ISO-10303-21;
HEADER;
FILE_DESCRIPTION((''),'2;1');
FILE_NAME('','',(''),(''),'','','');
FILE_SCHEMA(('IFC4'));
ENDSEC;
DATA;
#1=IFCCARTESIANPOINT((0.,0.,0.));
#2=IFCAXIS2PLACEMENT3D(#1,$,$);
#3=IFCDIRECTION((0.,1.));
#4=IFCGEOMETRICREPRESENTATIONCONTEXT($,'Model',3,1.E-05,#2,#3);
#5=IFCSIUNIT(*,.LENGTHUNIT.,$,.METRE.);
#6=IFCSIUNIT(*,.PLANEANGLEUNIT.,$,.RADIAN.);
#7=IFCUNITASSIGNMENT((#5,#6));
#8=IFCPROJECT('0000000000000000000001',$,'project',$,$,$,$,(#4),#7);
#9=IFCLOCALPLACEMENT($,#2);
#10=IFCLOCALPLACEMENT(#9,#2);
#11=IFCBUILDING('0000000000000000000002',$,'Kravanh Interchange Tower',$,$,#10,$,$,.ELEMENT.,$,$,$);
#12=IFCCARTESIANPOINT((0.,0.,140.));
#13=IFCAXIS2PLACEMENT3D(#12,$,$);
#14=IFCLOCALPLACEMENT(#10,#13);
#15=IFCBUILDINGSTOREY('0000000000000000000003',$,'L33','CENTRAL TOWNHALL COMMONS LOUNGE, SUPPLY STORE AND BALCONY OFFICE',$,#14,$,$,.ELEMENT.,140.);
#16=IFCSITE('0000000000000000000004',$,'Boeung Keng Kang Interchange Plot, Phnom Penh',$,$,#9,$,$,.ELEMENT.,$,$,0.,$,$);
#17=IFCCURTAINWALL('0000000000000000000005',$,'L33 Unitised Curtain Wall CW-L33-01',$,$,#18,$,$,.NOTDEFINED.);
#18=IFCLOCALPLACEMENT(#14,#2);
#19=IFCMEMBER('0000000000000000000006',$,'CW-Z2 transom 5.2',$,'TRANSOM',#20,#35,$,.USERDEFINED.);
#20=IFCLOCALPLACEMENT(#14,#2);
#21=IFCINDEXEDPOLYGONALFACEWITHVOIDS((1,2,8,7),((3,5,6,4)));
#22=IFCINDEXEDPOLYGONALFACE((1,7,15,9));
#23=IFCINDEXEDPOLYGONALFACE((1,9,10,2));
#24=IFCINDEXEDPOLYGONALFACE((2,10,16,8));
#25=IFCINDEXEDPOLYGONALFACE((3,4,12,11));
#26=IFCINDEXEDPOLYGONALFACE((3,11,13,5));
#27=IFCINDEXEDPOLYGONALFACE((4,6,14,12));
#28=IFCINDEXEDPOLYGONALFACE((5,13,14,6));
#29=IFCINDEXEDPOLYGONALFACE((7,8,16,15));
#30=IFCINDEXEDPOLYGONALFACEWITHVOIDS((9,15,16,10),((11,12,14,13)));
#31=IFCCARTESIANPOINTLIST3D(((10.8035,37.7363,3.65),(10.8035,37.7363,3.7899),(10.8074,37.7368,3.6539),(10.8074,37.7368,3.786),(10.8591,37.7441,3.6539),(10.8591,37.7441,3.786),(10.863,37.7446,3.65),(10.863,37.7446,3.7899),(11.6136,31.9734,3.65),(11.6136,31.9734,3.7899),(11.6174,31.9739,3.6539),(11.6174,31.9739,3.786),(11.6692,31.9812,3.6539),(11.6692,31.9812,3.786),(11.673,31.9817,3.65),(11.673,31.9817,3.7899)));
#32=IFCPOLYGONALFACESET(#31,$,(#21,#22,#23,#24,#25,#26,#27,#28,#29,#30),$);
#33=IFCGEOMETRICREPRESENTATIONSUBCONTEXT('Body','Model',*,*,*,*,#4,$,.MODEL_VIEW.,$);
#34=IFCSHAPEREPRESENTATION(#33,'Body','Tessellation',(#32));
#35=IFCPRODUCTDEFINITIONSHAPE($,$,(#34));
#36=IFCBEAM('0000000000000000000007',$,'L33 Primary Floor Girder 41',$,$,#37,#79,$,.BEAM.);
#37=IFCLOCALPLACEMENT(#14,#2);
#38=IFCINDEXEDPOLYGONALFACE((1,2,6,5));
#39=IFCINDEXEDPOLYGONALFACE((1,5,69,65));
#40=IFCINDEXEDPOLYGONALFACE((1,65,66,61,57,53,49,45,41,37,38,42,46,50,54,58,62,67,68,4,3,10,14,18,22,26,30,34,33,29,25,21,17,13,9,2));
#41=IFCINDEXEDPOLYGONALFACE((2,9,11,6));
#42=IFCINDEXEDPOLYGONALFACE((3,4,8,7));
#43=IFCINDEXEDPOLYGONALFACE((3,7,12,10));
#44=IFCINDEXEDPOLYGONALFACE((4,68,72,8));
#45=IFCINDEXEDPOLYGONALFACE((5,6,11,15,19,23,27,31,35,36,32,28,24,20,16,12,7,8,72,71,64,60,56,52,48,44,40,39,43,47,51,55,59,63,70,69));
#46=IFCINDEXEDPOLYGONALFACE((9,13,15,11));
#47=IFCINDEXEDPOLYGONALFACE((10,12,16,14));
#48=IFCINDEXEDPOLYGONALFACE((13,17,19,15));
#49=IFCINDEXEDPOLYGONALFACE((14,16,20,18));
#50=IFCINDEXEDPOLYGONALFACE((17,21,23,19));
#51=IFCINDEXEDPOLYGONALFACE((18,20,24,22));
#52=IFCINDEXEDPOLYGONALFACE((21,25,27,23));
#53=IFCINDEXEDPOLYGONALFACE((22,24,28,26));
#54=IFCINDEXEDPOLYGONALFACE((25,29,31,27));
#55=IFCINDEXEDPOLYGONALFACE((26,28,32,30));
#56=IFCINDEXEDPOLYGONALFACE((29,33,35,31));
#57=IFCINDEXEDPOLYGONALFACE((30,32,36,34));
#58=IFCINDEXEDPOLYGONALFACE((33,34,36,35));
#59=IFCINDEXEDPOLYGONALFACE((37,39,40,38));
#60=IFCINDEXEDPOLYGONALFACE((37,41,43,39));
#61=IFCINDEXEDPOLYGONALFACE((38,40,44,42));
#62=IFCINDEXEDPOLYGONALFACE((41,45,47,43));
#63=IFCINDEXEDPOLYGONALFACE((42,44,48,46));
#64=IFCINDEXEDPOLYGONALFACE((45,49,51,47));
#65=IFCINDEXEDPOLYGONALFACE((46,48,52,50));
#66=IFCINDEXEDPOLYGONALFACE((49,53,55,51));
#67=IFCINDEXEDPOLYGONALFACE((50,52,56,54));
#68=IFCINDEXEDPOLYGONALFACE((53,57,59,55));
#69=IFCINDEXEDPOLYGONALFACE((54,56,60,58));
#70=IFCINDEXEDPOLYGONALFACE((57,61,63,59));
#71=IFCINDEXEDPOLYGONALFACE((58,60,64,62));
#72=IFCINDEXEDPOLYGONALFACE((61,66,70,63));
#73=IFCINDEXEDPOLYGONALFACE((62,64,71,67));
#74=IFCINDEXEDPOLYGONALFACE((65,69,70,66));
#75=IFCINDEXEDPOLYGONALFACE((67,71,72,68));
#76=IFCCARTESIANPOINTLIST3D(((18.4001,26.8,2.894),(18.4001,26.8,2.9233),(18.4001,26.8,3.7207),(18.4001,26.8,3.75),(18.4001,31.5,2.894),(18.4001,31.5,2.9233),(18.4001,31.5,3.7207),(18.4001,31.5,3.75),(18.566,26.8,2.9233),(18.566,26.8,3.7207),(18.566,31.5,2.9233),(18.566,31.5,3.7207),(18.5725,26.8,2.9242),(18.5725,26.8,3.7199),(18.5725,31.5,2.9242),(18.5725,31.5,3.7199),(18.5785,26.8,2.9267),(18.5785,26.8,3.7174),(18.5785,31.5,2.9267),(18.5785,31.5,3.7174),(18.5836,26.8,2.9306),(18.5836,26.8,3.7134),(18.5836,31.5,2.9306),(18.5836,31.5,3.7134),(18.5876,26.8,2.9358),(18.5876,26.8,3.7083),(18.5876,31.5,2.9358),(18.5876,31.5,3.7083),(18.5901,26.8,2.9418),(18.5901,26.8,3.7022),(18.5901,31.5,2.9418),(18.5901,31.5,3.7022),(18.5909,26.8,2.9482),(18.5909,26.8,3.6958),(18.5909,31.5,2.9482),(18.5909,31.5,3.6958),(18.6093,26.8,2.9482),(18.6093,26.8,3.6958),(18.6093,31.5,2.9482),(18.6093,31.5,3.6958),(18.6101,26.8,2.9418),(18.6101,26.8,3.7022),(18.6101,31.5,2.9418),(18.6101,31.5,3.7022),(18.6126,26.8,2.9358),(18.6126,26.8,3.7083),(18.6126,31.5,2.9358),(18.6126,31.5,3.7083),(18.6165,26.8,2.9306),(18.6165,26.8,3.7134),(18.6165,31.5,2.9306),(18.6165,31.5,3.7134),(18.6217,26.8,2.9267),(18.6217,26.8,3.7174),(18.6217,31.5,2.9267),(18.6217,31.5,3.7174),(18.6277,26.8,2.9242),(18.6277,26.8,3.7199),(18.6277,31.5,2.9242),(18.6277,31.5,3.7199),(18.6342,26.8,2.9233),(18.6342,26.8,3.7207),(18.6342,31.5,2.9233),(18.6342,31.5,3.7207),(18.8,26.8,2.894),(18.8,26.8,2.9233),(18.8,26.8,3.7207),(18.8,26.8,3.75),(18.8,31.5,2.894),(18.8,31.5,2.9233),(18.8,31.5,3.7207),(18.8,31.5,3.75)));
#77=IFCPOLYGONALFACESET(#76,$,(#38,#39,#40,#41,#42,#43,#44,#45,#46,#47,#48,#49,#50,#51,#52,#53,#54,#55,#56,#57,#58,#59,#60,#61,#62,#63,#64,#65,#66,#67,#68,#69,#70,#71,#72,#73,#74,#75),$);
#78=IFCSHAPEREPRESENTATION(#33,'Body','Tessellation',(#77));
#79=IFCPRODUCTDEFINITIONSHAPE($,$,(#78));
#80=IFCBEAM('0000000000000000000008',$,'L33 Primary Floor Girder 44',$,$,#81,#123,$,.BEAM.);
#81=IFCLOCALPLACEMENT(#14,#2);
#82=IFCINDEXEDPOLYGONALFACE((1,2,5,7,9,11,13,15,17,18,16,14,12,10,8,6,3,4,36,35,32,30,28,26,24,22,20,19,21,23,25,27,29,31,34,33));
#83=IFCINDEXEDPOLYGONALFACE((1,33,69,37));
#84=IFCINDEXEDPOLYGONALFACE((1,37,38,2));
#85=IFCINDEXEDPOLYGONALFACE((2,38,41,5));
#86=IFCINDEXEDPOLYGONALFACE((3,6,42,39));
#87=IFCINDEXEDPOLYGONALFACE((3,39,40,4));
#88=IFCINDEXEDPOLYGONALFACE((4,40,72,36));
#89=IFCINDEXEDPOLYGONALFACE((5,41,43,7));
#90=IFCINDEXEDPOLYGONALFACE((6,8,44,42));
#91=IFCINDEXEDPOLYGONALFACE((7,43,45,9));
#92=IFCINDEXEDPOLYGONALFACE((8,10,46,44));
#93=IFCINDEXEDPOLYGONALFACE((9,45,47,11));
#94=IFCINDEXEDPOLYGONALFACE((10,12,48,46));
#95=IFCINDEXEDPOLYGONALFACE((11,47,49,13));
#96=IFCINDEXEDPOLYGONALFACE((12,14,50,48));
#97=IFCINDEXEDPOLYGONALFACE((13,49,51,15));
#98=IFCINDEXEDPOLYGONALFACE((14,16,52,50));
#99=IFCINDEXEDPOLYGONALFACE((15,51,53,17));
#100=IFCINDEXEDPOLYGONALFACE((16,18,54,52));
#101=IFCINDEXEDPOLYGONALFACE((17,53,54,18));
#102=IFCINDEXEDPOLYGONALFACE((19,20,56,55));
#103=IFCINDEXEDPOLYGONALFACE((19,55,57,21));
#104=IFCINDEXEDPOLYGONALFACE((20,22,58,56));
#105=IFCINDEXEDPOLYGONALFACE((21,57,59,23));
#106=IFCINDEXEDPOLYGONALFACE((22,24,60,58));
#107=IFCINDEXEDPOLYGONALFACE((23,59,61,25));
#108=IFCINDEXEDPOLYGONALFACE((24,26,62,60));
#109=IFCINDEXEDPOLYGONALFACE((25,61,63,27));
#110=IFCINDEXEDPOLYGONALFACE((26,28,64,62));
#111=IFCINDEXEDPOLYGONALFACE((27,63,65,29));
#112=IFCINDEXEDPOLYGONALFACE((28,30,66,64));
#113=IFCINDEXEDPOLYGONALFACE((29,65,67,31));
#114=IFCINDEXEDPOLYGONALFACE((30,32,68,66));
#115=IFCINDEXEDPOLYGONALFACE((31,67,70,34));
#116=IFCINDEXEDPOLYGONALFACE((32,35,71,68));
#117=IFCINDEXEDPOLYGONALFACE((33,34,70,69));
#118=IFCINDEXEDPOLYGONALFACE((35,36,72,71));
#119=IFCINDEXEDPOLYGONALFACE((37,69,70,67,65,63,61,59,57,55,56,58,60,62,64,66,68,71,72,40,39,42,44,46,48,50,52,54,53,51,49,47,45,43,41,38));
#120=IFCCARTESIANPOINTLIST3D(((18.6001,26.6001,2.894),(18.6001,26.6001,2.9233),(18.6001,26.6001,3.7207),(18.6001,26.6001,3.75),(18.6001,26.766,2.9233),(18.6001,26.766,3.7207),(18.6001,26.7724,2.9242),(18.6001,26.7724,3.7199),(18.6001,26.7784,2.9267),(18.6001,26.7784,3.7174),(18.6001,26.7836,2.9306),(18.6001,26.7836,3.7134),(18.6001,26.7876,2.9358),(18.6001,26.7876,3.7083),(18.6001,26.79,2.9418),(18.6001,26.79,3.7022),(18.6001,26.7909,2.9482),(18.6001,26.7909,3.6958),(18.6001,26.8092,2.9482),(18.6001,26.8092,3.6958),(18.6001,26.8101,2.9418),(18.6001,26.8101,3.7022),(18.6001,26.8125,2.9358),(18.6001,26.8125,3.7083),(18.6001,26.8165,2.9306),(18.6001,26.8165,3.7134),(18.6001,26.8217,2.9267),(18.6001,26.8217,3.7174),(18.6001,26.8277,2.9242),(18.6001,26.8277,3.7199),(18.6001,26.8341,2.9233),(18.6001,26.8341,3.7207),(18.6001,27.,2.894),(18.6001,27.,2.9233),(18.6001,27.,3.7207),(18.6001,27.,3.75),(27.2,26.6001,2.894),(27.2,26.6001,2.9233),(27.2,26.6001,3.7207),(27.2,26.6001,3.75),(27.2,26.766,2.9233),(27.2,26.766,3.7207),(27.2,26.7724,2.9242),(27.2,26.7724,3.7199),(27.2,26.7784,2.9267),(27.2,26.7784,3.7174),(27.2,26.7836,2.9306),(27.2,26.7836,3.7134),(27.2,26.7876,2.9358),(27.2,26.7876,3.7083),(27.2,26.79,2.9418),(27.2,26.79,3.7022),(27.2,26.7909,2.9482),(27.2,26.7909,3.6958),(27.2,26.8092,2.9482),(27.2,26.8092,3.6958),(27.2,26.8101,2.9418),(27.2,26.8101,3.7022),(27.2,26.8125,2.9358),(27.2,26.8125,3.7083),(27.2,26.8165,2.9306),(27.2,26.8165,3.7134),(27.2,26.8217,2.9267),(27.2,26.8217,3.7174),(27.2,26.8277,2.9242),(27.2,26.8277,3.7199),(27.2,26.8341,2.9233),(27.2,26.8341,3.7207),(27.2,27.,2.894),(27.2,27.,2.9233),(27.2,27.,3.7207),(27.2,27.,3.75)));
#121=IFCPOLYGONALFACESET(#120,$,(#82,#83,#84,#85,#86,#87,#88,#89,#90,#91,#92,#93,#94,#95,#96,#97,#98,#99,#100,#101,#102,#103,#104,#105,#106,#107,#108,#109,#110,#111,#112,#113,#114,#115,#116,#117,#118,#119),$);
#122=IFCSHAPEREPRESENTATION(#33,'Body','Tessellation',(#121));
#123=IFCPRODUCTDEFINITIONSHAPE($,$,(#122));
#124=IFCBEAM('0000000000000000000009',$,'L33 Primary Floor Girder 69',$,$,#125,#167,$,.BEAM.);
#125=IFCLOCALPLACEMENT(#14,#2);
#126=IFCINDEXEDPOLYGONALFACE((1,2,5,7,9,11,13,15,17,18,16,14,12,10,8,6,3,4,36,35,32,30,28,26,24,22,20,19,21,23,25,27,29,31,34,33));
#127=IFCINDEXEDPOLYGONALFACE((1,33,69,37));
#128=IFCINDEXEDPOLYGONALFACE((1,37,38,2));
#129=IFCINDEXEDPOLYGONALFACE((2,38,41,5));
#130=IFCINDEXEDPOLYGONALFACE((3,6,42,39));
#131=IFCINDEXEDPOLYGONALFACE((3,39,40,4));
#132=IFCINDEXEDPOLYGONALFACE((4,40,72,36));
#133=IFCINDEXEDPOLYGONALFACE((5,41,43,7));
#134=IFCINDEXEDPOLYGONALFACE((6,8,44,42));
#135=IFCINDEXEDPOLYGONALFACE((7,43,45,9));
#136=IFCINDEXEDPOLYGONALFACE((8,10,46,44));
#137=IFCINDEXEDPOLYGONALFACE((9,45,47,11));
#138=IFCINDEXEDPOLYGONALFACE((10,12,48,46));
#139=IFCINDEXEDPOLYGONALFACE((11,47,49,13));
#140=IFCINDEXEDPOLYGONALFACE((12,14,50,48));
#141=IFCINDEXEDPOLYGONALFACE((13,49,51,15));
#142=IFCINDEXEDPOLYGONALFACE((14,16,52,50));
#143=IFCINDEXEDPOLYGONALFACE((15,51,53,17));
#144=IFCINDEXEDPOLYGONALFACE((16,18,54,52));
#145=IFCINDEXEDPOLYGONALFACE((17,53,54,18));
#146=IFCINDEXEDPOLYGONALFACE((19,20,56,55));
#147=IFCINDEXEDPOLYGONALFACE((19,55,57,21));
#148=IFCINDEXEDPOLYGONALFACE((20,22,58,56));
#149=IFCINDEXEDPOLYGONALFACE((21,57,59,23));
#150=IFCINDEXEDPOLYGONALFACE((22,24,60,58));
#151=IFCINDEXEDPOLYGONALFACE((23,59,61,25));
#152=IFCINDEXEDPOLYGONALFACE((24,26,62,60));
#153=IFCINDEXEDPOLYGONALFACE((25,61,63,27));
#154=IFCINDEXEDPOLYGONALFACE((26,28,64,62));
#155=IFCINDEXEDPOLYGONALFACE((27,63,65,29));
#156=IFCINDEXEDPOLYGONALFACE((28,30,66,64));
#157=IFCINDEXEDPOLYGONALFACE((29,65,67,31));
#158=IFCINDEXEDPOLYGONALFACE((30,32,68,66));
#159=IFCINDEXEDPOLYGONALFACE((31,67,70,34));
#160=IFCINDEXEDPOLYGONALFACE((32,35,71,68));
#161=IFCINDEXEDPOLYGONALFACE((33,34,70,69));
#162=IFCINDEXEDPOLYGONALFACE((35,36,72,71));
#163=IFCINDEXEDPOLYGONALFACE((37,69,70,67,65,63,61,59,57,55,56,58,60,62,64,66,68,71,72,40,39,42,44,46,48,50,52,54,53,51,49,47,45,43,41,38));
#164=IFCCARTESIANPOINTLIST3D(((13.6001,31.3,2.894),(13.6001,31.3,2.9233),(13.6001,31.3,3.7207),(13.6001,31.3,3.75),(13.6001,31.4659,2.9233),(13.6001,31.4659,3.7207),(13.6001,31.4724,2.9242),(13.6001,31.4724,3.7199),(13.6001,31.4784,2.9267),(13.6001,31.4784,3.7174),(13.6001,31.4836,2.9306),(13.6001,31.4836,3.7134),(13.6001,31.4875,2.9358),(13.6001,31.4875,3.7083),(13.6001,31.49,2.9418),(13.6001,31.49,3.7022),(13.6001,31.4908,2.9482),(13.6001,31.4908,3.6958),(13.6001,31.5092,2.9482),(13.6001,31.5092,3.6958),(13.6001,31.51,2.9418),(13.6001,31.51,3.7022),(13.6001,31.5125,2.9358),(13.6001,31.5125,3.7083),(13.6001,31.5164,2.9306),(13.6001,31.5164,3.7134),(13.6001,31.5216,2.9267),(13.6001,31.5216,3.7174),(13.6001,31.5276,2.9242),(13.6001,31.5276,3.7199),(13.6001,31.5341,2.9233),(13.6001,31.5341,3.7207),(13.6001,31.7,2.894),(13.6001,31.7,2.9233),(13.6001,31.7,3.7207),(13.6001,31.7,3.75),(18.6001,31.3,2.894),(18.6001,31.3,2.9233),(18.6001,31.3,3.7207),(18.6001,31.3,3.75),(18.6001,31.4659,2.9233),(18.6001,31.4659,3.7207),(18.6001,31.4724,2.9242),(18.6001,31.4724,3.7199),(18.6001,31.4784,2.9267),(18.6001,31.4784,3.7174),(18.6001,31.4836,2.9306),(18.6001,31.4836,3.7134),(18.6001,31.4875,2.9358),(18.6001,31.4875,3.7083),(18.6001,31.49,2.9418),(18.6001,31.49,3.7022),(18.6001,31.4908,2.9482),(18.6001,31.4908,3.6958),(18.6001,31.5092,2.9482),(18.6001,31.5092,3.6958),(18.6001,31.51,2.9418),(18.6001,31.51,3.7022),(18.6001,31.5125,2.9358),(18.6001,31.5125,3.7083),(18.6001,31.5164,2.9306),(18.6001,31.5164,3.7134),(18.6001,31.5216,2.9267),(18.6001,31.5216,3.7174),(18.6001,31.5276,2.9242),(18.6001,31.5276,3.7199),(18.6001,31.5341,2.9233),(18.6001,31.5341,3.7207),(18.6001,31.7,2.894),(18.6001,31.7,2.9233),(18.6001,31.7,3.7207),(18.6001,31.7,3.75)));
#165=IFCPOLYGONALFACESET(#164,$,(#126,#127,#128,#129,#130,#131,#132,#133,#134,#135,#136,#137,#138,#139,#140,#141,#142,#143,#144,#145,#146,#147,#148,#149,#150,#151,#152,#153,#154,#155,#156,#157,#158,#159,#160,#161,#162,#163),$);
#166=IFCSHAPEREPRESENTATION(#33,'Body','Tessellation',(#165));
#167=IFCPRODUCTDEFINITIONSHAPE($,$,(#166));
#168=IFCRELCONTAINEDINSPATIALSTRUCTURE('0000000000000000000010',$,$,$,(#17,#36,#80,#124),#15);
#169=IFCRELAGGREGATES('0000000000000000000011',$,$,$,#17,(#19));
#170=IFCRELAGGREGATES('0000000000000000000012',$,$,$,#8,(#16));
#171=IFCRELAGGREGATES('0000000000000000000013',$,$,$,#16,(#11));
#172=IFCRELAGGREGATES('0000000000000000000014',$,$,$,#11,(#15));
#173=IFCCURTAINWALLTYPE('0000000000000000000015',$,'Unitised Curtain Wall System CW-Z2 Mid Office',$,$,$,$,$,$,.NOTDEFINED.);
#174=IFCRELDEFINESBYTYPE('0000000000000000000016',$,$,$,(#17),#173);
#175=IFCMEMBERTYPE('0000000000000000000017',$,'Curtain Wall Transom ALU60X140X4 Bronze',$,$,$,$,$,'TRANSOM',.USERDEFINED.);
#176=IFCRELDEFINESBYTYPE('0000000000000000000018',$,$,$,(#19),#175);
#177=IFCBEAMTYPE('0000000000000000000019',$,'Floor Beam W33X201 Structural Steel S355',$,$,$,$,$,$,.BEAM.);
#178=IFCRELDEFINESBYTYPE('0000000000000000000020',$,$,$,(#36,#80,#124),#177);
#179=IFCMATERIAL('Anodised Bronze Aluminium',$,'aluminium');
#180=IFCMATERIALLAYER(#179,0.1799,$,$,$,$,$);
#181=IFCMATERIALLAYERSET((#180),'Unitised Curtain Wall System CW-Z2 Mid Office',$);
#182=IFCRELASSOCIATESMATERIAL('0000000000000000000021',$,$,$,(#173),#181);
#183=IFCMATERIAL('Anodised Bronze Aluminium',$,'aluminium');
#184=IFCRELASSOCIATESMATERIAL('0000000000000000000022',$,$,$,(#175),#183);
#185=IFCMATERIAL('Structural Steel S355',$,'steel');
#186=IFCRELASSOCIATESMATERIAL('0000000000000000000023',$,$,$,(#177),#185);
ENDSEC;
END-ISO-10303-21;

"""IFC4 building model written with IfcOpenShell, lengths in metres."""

from ifc_helpers import new_model, si_unit, direction, frame, origin, origin_2d, place, context, subcontext, project, spatial, hollow_rectangle, i_section, extrude, material, layer, layer_set, material_profile, profile_set, type_object, element, aggregate, save


model = new_model("IFC4")

# Units and contexts
model_context = context("Model", 3, precision=1e-05, world=origin(), true_north=direction((0.0, 1.0)))
body_context = subcontext(model_context, "Body", "Model", "MODEL_VIEW")
ifc_project = project(units=[si_unit("LENGTHUNIT", "METRE"), si_unit("PLANEANGLEUNIT", "RADIAN")], contexts=[model_context])

# Site, building, storey
site_placement = place(None, origin())
site = spatial("IfcSite", under=ifc_project, at=site_placement, Name="Boeung Keng Kang Interchange Plot, Phnom Penh", CompositionType="ELEMENT", RefElevation=0.0)
building_placement = place(site_placement, origin())
building = spatial("IfcBuilding", under=site, at=building_placement, Name="Kravanh Interchange Tower", CompositionType="ELEMENT")
storey_placement = place(building_placement, frame((0.0, 0.0, 140.0)))
storey = spatial("IfcBuildingStorey", under=building, at=storey_placement, Name="L33", Description="CENTRAL TOWNHALL COMMONS LOUNGE, SUPPLY STORE AND BALCONY OFFICE", CompositionType="ELEMENT", Elevation=140.0)

# Curtain wall, member
ifc_material_1 = material(Name="Anodised Bronze Aluminium", Category="aluminium")
ifc_layer_1 = layer(ifc_material_1, 0.1799)
ifc_layer_set_1 = layer_set([ifc_layer_1], Name="Unitised Curtain Wall System CW-Z2 Mid Office")
curtain_wall_type = type_object("IfcCurtainWallType", Name="Unitised Curtain Wall System CW-Z2 Mid Office", PredefinedType="NOTDEFINED", material=ifc_layer_set_1)
curtain_wall_placement = place(storey_placement, origin())
curtain_wall = element("IfcCurtainWall", 1, at=curtain_wall_placement, inside=storey, type_object=curtain_wall_type, Name="L33 Unitised Curtain Wall CW-L33-01", PredefinedType="NOTDEFINED")
ifc_material_2 = material(Name="Anodised Bronze Aluminium", Category="aluminium")
ifc_material_profile_1 = material_profile(ifc_material_2, hollow_rectangle(XDim=0.0601, YDim=0.1399, WallThickness=0.0039, at=origin_2d()), Name="ALU60X140X4")
ifc_profile_set_1 = profile_set([ifc_material_profile_1], Name="Anodised Bronze Aluminium")
member_type_1 = type_object("IfcMemberType", Name="Curtain Wall Transom ALU60X140X4 Bronze", ElementType="TRANSOM", PredefinedType="USERDEFINED", material=ifc_profile_set_1)
member_1_placement = place(storey_placement, frame((11.6433, 31.9775, 3.72), z_axis=(-0.139195, 0.990265, 0.0), x_axis=(-0.990265, -0.139195, 0.0)))
member_1 = element("IfcMember", 2, at=member_1_placement, type_object=member_type_1, Name="CW-Z2 transom 5.2", ObjectType="TRANSOM", PredefinedType="USERDEFINED", context=body_context, shape_type="SweptSolid", body=[
    extrude(hollow_rectangle(XDim=0.0601, YDim=0.1399, WallThickness=0.0039, at=origin_2d()), origin(), (0.0, 0.0, 1.0), 5.8196),
])

# Beams
ifc_material_3 = material(Name="Structural Steel S355", Category="steel")
ifc_material_profile_2 = material_profile(ifc_material_3, i_section(OverallWidth=0.3999, OverallDepth=0.856, WebThickness=0.0183, FlangeThickness=0.0293, FilletRadius=0.0249, at=origin_2d()), Name="W33X201")
ifc_profile_set_2 = profile_set([ifc_material_profile_2], Name="Structural Steel S355")
beam_type_1 = type_object("IfcBeamType", Name="Floor Beam W33X201 Structural Steel S355", PredefinedType="BEAM", material=ifc_profile_set_2)
beam_1_placement = place(storey_placement, frame((18.6001, 26.8, 3.322), z_axis=(0.0, 1.0, 0.0), x_axis=(-1.0, 0.0, 0.0)))
element("IfcBeam", 3, at=beam_1_placement, inside=storey, type_object=beam_type_1, Name="L33 Primary Floor Girder 41", PredefinedType="BEAM", context=body_context, shape_type="SweptSolid", body=[
    extrude(i_section(OverallWidth=0.3999, OverallDepth=0.856, WebThickness=0.0183, FlangeThickness=0.0293, FilletRadius=0.0249, at=origin_2d()), origin(), (0.0, 0.0, 1.0), 4.7),
])
beam_2_placement = place(storey_placement, frame((18.6001, 26.8, 3.322), z_axis=(1.0, 0.0, 0.0), x_axis=(0.0, 1.0, 0.0)))
element("IfcBeam", 4, at=beam_2_placement, inside=storey, type_object=beam_type_1, Name="L33 Primary Floor Girder 44", PredefinedType="BEAM", context=body_context, shape_type="SweptSolid", body=[
    extrude(i_section(OverallWidth=0.3999, OverallDepth=0.856, WebThickness=0.0183, FlangeThickness=0.0293, FilletRadius=0.0249, at=origin_2d()), origin(), (0.0, 0.0, 1.0), 8.5999),
])
beam_3_placement = place(storey_placement, frame((13.6001, 31.5, 3.322), z_axis=(1.0, 0.0, 0.0), x_axis=(0.0, 1.0, 0.0)))
element("IfcBeam", 5, at=beam_3_placement, inside=storey, type_object=beam_type_1, Name="L33 Primary Floor Girder 69", PredefinedType="BEAM", context=body_context, shape_type="SweptSolid", body=[
    extrude(i_section(OverallWidth=0.3999, OverallDepth=0.856, WebThickness=0.0183, FlangeThickness=0.0293, FilletRadius=0.0249, at=origin_2d()), origin(), (0.0, 0.0, 1.0), 5.0),
])

aggregate(curtain_wall, [member_1])

save(model, "model.ifc")
